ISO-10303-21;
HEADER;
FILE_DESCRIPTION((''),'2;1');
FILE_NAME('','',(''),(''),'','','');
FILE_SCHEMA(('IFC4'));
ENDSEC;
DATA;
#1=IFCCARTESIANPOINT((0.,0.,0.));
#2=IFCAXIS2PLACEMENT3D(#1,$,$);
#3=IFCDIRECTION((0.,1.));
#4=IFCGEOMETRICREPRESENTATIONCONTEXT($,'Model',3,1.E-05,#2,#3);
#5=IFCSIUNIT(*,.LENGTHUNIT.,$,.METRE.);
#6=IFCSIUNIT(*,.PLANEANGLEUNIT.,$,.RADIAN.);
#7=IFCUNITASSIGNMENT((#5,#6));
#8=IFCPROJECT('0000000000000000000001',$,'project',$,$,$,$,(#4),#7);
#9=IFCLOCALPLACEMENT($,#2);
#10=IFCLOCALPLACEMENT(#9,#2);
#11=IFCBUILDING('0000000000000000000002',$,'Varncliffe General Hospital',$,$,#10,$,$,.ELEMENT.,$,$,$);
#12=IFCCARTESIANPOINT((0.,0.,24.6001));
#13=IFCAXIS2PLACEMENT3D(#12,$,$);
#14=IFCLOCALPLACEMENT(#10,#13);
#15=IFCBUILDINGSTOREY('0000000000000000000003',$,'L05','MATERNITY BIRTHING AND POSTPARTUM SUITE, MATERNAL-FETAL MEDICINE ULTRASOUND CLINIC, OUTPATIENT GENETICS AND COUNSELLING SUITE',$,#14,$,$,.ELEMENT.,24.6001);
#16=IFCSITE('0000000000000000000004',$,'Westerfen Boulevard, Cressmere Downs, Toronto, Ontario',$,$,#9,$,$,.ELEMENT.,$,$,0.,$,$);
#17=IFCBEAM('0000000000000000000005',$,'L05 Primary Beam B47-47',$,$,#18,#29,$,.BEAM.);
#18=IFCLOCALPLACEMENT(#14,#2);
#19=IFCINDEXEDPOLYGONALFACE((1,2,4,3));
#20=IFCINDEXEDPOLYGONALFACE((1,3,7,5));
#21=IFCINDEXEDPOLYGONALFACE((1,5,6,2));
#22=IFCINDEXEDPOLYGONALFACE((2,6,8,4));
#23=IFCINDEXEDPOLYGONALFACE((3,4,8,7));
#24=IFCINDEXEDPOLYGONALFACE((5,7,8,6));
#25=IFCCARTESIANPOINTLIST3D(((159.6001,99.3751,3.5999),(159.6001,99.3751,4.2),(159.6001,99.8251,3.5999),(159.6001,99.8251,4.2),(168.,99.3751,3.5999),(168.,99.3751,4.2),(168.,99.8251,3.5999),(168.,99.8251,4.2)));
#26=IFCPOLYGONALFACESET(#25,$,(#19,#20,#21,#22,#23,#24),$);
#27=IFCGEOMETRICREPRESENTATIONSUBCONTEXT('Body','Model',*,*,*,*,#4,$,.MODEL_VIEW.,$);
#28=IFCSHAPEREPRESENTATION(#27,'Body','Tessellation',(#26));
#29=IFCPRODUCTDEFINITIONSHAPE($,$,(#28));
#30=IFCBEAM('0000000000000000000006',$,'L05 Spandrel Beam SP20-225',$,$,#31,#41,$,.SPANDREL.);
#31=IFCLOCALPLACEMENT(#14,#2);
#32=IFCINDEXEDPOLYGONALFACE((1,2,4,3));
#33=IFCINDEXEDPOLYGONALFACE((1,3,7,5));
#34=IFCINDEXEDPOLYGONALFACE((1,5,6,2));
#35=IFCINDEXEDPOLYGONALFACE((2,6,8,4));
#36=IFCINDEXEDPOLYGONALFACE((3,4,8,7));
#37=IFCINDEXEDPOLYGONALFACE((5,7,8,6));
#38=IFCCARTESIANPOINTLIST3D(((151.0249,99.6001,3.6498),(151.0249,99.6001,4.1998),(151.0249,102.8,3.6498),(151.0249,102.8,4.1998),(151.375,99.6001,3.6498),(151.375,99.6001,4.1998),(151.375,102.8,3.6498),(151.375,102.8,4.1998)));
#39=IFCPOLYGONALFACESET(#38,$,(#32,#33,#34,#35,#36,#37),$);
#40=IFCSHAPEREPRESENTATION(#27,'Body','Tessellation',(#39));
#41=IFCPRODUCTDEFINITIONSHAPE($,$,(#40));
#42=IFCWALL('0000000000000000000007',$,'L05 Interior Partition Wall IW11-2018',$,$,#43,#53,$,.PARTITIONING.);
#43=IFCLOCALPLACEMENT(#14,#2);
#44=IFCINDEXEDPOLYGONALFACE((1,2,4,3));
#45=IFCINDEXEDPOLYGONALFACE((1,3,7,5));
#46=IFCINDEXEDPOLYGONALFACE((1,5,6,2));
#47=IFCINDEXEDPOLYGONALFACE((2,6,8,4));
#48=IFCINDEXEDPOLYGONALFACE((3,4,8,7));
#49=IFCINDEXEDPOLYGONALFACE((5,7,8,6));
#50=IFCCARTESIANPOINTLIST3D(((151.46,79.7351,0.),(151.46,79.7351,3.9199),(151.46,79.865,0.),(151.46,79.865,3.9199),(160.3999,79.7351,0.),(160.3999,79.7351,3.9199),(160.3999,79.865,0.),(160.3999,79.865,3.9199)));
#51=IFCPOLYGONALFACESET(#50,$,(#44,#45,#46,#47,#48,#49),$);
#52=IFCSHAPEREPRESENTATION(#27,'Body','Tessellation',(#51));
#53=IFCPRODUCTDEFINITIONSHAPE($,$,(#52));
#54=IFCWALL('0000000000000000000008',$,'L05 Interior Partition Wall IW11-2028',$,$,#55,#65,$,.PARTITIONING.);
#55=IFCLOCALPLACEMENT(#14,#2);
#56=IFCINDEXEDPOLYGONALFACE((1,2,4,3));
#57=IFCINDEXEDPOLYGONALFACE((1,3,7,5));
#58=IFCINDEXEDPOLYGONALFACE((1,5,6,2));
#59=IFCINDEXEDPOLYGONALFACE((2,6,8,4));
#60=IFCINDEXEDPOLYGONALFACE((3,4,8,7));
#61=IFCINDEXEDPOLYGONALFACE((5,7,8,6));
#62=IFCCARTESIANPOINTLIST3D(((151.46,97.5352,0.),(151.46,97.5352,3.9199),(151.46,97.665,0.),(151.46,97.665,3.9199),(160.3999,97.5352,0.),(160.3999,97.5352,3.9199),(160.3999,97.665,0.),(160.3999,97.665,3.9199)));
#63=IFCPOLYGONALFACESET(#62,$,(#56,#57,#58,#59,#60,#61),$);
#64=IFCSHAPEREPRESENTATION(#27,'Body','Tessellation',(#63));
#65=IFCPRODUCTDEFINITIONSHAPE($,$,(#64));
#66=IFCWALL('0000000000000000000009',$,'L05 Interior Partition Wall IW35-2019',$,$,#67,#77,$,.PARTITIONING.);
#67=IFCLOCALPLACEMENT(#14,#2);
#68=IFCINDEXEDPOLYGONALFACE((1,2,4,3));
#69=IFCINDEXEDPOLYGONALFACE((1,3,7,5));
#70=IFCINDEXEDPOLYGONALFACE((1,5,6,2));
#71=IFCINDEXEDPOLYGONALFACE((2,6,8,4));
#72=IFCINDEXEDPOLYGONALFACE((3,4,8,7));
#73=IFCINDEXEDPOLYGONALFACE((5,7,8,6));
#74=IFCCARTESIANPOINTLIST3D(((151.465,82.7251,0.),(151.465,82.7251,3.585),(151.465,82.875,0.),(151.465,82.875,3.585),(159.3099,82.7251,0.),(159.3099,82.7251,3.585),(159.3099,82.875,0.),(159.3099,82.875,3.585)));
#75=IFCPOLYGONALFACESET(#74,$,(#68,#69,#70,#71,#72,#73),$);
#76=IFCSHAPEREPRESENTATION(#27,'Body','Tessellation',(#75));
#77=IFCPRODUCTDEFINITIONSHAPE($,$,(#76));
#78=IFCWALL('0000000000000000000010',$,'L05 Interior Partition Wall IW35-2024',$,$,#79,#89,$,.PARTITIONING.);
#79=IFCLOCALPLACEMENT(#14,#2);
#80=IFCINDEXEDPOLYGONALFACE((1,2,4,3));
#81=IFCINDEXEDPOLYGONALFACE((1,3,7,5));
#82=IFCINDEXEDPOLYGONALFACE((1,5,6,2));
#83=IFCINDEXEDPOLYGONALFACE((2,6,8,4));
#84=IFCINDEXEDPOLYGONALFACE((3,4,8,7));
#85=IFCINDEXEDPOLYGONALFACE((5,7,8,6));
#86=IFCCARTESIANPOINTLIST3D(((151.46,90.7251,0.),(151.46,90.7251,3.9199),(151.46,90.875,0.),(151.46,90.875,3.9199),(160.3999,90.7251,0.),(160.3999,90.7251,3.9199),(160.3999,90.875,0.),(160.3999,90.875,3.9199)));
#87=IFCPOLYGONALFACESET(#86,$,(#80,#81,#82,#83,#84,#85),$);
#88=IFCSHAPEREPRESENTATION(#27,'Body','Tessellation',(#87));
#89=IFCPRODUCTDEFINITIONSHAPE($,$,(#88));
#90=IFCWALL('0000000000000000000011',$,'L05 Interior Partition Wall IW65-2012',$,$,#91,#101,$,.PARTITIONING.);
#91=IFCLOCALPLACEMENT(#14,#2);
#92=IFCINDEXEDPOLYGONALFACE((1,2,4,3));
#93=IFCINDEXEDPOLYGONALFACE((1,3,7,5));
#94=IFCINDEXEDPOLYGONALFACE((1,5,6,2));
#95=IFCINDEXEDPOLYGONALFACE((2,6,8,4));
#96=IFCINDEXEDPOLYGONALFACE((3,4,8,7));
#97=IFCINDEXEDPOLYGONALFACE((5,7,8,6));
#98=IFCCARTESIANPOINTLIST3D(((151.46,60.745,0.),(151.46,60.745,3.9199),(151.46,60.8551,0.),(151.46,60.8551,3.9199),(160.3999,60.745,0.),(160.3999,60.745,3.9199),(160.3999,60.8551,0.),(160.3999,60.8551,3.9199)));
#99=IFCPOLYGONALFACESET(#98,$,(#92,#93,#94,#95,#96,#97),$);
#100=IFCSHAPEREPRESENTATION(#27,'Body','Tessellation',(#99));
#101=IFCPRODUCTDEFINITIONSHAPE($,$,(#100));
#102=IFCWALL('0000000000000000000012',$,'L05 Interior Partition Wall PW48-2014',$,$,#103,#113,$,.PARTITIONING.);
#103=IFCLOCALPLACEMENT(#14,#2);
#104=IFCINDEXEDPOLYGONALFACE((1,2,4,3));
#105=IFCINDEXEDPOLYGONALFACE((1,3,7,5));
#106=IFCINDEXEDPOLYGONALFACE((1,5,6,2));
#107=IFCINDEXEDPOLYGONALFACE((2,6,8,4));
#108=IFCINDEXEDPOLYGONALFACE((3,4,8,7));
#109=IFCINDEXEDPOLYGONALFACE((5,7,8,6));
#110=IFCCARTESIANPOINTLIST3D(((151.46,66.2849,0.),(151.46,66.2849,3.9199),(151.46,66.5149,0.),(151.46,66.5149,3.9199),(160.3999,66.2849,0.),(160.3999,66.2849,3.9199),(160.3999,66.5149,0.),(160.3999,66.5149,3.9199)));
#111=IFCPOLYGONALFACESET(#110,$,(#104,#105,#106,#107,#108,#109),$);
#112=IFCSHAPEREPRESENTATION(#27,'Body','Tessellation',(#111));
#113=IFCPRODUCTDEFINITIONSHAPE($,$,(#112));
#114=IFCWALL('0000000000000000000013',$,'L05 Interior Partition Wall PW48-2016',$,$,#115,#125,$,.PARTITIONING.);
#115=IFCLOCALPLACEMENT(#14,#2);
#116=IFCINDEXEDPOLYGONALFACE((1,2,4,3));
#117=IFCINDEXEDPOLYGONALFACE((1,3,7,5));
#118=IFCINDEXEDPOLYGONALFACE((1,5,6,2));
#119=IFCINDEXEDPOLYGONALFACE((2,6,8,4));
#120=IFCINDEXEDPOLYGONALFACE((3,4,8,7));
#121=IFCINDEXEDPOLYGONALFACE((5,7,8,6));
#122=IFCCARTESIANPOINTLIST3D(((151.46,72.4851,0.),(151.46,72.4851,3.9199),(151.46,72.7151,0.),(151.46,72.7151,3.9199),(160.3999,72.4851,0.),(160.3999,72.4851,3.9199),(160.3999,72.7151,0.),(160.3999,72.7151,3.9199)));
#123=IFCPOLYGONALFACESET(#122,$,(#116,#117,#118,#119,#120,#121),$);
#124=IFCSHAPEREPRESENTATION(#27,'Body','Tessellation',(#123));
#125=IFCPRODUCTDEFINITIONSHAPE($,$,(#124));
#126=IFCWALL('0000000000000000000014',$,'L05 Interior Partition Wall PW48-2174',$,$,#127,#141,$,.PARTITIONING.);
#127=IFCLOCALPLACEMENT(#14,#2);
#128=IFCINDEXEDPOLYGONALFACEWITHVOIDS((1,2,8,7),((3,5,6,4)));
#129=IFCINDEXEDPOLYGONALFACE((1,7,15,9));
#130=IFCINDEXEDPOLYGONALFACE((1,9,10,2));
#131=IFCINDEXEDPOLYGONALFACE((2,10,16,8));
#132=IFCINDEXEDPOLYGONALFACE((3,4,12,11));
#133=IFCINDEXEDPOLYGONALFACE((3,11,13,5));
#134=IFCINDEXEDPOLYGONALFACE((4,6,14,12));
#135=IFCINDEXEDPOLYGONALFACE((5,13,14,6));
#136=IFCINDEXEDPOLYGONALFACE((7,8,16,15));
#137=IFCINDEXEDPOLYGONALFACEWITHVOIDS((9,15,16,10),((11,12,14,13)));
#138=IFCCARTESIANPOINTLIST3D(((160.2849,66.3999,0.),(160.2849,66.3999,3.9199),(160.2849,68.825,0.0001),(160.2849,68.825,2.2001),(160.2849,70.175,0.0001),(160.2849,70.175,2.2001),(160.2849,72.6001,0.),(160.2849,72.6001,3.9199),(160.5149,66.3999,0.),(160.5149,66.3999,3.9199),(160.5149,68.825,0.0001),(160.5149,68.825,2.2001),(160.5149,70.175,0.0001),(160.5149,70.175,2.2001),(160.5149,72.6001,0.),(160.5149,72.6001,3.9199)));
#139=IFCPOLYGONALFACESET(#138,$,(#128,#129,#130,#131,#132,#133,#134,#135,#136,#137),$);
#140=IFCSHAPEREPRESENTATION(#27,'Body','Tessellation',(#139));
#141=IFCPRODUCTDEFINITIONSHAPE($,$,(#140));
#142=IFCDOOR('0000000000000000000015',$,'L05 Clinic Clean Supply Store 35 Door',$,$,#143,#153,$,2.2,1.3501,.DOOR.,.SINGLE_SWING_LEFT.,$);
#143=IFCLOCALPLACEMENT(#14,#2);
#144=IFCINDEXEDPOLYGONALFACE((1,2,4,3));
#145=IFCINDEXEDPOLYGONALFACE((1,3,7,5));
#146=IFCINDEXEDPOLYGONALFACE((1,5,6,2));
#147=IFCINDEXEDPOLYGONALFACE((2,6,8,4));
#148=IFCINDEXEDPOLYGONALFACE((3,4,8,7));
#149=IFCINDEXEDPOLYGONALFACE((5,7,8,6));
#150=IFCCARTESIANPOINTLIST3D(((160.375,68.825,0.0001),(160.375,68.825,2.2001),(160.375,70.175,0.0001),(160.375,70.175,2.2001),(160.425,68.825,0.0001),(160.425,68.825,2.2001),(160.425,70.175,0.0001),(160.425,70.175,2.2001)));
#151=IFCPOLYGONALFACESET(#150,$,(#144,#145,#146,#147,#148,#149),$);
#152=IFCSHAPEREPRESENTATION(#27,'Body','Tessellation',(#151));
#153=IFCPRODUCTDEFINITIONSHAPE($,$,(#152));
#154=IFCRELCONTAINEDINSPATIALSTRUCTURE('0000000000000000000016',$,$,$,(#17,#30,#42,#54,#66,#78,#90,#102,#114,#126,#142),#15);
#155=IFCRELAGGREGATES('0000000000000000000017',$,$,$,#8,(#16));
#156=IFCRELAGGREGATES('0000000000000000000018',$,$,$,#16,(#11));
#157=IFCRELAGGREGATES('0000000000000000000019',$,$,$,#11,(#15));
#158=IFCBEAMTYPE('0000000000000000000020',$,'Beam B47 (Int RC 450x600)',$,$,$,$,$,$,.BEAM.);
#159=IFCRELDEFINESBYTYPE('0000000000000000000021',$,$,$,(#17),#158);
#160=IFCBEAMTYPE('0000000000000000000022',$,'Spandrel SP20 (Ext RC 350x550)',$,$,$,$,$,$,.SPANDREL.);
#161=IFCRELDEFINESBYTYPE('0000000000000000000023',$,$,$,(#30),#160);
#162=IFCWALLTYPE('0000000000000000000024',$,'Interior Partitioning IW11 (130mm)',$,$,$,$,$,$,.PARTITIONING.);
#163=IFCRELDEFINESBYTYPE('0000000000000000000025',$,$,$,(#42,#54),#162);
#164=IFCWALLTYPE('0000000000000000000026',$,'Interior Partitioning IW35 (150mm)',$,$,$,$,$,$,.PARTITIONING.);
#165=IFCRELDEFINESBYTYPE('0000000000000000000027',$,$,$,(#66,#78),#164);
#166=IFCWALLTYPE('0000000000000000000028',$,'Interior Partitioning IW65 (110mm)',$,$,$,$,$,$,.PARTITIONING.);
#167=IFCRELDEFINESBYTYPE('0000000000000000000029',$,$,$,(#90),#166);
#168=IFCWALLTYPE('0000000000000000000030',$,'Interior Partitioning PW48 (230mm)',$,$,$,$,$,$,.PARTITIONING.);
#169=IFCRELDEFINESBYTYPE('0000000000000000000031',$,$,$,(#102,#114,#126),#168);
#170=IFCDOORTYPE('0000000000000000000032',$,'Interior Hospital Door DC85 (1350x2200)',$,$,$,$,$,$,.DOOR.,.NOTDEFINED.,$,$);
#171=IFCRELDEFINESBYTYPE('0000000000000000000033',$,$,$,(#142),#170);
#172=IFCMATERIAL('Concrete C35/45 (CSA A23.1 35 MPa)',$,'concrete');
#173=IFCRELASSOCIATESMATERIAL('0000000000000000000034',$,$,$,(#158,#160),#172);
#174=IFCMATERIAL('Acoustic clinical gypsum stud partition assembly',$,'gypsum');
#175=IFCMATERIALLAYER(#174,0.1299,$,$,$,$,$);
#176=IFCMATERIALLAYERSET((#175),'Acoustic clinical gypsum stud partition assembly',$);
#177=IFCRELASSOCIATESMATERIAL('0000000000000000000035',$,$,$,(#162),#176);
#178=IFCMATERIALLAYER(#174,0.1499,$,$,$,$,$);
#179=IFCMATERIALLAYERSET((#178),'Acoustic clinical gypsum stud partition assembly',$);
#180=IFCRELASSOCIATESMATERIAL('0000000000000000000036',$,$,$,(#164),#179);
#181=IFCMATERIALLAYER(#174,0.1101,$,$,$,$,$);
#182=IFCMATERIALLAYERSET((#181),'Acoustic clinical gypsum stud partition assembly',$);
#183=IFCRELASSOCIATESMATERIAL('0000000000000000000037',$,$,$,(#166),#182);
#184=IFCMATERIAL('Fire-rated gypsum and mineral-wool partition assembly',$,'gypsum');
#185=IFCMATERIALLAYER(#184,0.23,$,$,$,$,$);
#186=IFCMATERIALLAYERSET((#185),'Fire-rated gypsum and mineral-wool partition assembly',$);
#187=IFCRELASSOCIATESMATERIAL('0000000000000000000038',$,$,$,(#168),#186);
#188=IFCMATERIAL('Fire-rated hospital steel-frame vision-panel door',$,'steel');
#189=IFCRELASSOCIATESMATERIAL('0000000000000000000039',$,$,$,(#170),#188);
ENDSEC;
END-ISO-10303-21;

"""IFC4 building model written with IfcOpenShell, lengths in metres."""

from ifc_helpers import new_model, si_unit, direction, frame, frame_2d, origin, origin_2d, place, context, subcontext, project, spatial, rectangle, extrude, material, layer, layer_set, material_profile, profile_set, type_object, element, fill, save


model = new_model("IFC4")

# Units and contexts
model_context = context("Model", 3, precision=1e-05, world=origin(), true_north=direction((0.0, 1.0)))
body_context = subcontext(model_context, "Body", "Model", "MODEL_VIEW")
ifc_project = project(units=[si_unit("LENGTHUNIT", "METRE"), si_unit("PLANEANGLEUNIT", "RADIAN")], contexts=[model_context])

# Site, building, storey
site_placement = place(None, origin())
site = spatial("IfcSite", under=ifc_project, at=site_placement, Name="Westerfen Boulevard, Cressmere Downs, Toronto, Ontario", CompositionType="ELEMENT", RefElevation=0.0)
building_placement = place(site_placement, origin())
building = spatial("IfcBuilding", under=site, at=building_placement, Name="Varncliffe General Hospital", CompositionType="ELEMENT")
storey_placement = place(building_placement, frame((0.0, 0.0, 24.6001)))
storey = spatial("IfcBuildingStorey", under=building, at=storey_placement, Name="L05", Description="MATERNITY BIRTHING AND POSTPARTUM SUITE, MATERNAL-FETAL MEDICINE ULTRASOUND CLINIC, OUTPATIENT GENETICS AND COUNSELLING SUITE", CompositionType="ELEMENT", Elevation=24.6001)

# Beams
ifc_material_1 = material(Name="Concrete C35/45 (CSA A23.1 35 MPa)", Category="concrete")
ifc_material_profile_1 = material_profile(ifc_material_1, rectangle(XDim=0.45, YDim=0.6001, at=origin_2d()), Name="RC 450x600")
ifc_profile_set_1 = profile_set([ifc_material_profile_1], Name="Concrete C35/45 (CSA A23.1 35 MPa)")
beam_type_1 = type_object("IfcBeamType", Name="Beam B47 (Int RC 450x600)", PredefinedType="BEAM", material=ifc_profile_set_1)
beam_1_placement = place(storey_placement, frame((159.6001, 99.6001, 3.8999), z_axis=(1.0, 0.0, 0.0), x_axis=(0.0, 1.0, 0.0)))
element("IfcBeam", 1, at=beam_1_placement, inside=storey, type_object=beam_type_1, Name="L05 Primary Beam B47-47", PredefinedType="BEAM", context=body_context, shape_type="SweptSolid", body=[
    extrude(rectangle(XDim=0.45, YDim=0.6001, at=origin_2d()), origin(), (0.0, 0.0, 1.0), 8.3999),
])
ifc_material_profile_2 = material_profile(ifc_material_1, rectangle(XDim=0.3501, YDim=0.55, at=origin_2d()), Name="RC 350x550")
ifc_profile_set_2 = profile_set([ifc_material_profile_2], Name="Concrete C35/45 (CSA A23.1 35 MPa)")
beam_type_2 = type_object("IfcBeamType", Name="Spandrel SP20 (Ext RC 350x550)", PredefinedType="SPANDREL", material=ifc_profile_set_2)
beam_2_placement = place(storey_placement, frame((151.2, 99.6001, 3.9248), z_axis=(0.0, 1.0, 0.0), x_axis=(-1.0, 0.0, 0.0)))
element("IfcBeam", 2, at=beam_2_placement, inside=storey, type_object=beam_type_2, Name="L05 Spandrel Beam SP20-225", PredefinedType="SPANDREL", context=body_context, shape_type="SweptSolid", body=[
    extrude(rectangle(XDim=0.3501, YDim=0.55, at=origin_2d()), origin(), (0.0, 0.0, 1.0), 3.2),
])

# Walls
ifc_material_2 = material(Name="Acoustic clinical gypsum stud partition assembly", Category="gypsum")
ifc_layer_1 = layer(ifc_material_2, 0.1299)
ifc_layer_set_1 = layer_set([ifc_layer_1], Name="Acoustic clinical gypsum stud partition assembly")
wall_type_1 = type_object("IfcWallType", Name="Interior Partitioning IW11 (130mm)", PredefinedType="PARTITIONING", material=ifc_layer_set_1)
for number, where, z_axis, x_axis, name in (
    (3, (151.46, 79.8, 0.0), (0.0, 0.0, 1.0), (1.0, 0.0, 0.0), "L05 Interior Partition Wall IW11-2018"),
    (4, (151.46, 97.6001, 0.0), (0.0, 0.0, 1.0), (1.0, 0.0, 0.0), "L05 Interior Partition Wall IW11-2028"),
):
    element("IfcWall", number, at=place(storey_placement, frame(where, z_axis=z_axis, x_axis=x_axis)), inside=storey, type_object=wall_type_1, Name=name, PredefinedType="PARTITIONING", context=body_context, shape_type="SweptSolid", body=[
        extrude(rectangle(XDim=8.9399, YDim=0.1299, at=frame_2d((4.47, 0.0))), origin(), (0.0, 0.0, 1.0), 3.9199),
    ])
ifc_layer_2 = layer(ifc_material_2, 0.1499)
ifc_layer_set_2 = layer_set([ifc_layer_2], Name="Acoustic clinical gypsum stud partition assembly")
wall_type_2 = type_object("IfcWallType", Name="Interior Partitioning IW35 (150mm)", PredefinedType="PARTITIONING", material=ifc_layer_set_2)
wall_1_placement = place(storey_placement, frame((151.4651, 82.8, 0.0), z_axis=(0.0, 0.0, 1.0), x_axis=(1.0, 0.0, 0.0)))
element("IfcWall", 5, at=wall_1_placement, inside=storey, type_object=wall_type_2, Name="L05 Interior Partition Wall IW35-2019", PredefinedType="PARTITIONING", context=body_context, shape_type="SweptSolid", body=[
    extrude(rectangle(XDim=7.845, YDim=0.1499, at=frame_2d((3.9224, 0.0))), origin(), (0.0, 0.0, 1.0), 3.585),
])
wall_2_placement = place(storey_placement, frame((151.46, 90.8, 0.0), z_axis=(0.0, 0.0, 1.0), x_axis=(1.0, 0.0, 0.0)))
element("IfcWall", 6, at=wall_2_placement, inside=storey, type_object=wall_type_2, Name="L05 Interior Partition Wall IW35-2024", PredefinedType="PARTITIONING", context=body_context, shape_type="SweptSolid", body=[
    extrude(rectangle(XDim=8.9399, YDim=0.1499, at=frame_2d((4.47, 0.0))), origin(), (0.0, 0.0, 1.0), 3.9199),
])
ifc_layer_3 = layer(ifc_material_2, 0.1101)
ifc_layer_set_3 = layer_set([ifc_layer_3], Name="Acoustic clinical gypsum stud partition assembly")
wall_type_3 = type_object("IfcWallType", Name="Interior Partitioning IW65 (110mm)", PredefinedType="PARTITIONING", material=ifc_layer_set_3)
wall_3_placement = place(storey_placement, frame((151.46, 60.8, 0.0), z_axis=(0.0, 0.0, 1.0), x_axis=(1.0, 0.0, 0.0)))
element("IfcWall", 7, at=wall_3_placement, inside=storey, type_object=wall_type_3, Name="L05 Interior Partition Wall IW65-2012", PredefinedType="PARTITIONING", context=body_context, shape_type="SweptSolid", body=[
    extrude(rectangle(XDim=8.9399, YDim=0.1101, at=frame_2d((4.47, 0.0))), origin(), (0.0, 0.0, 1.0), 3.9199),
])
ifc_material_3 = material(Name="Fire-rated gypsum and mineral-wool partition assembly", Category="gypsum")
ifc_layer_4 = layer(ifc_material_3, 0.23)
ifc_layer_set_4 = layer_set([ifc_layer_4], Name="Fire-rated gypsum and mineral-wool partition assembly")
wall_type_4 = type_object("IfcWallType", Name="Interior Partitioning PW48 (230mm)", PredefinedType="PARTITIONING", material=ifc_layer_set_4)
for number, where, z_axis, x_axis, name in (
    (8, (151.46, 66.3999, 0.0), (0.0, 0.0, 1.0), (1.0, 0.0, 0.0), "L05 Interior Partition Wall PW48-2014"),
    (9, (151.46, 72.6001, 0.0), (0.0, 0.0, 1.0), (1.0, 0.0, 0.0), "L05 Interior Partition Wall PW48-2016"),
):
    element("IfcWall", number, at=place(storey_placement, frame(where, z_axis=z_axis, x_axis=x_axis)), inside=storey, type_object=wall_type_4, Name=name, PredefinedType="PARTITIONING", context=body_context, shape_type="SweptSolid", body=[
        extrude(rectangle(XDim=8.9399, YDim=0.23, at=frame_2d((4.47, 0.0))), origin(), (0.0, 0.0, 1.0), 3.9199),
    ])

# Wall, opening, door
wall_4_placement = place(storey_placement, frame((160.3999, 66.3999, 0.0), z_axis=(0.0, 0.0, 1.0), x_axis=(0.0, 1.0, 0.0)))
wall_4 = element("IfcWall", 10, at=wall_4_placement, inside=storey, type_object=wall_type_4, Name="L05 Interior Partition Wall PW48-2174", PredefinedType="PARTITIONING", context=body_context, shape_type="SweptSolid", body=[
    extrude(rectangle(XDim=6.2002, YDim=0.23, at=frame_2d((3.1001, 0.0))), origin(), (0.0, 0.0, 1.0), 3.9199),
])
opening_1_placement = place(wall_4_placement, frame((2.425, 0.0, 0.0)))
opening_1 = element("IfcOpeningElement", 11, at=opening_1_placement, cuts=wall_4, PredefinedType="OPENING", context=body_context, shape_type="SweptSolid", body=[
    extrude(rectangle(XDim=1.3501, YDim=2.2, at=frame_2d((0.675, 1.1001))), frame((0.0, 0.125, 0.0), z_axis=(0.0, -1.0, 0.0), x_axis=(1.0, 0.0, 0.0)), (0.0, 0.0, 1.0), 0.25),
])
ifc_material_4 = material(Name="Fire-rated hospital steel-frame vision-panel door", Category="steel")
door_type_1 = type_object("IfcDoorType", Name="Interior Hospital Door DC85 (1350x2200)", OperationType="NOTDEFINED", PredefinedType="DOOR", material=ifc_material_4)
door_1_placement = place(opening_1_placement, origin())
door_1 = element("IfcDoor", 12, at=door_1_placement, inside=storey, type_object=door_type_1, Name="L05 Clinic Clean Supply Store 35 Door", OperationType="SINGLE_SWING_LEFT", OverallHeight=2.2, OverallWidth=1.3501, PredefinedType="DOOR", context=body_context, shape_type="SweptSolid", body=[
    extrude(rectangle(XDim=1.3501, YDim=2.2, at=frame_2d((0.675, 1.1001))), frame((0.0, 0.0249, 0.0), z_axis=(0.0, -1.0, 0.0), x_axis=(1.0, 0.0, 0.0)), (0.0, 0.0, 1.0), 0.05),
])
fill(opening_1, door_1)

save(model, "model.ifc")
